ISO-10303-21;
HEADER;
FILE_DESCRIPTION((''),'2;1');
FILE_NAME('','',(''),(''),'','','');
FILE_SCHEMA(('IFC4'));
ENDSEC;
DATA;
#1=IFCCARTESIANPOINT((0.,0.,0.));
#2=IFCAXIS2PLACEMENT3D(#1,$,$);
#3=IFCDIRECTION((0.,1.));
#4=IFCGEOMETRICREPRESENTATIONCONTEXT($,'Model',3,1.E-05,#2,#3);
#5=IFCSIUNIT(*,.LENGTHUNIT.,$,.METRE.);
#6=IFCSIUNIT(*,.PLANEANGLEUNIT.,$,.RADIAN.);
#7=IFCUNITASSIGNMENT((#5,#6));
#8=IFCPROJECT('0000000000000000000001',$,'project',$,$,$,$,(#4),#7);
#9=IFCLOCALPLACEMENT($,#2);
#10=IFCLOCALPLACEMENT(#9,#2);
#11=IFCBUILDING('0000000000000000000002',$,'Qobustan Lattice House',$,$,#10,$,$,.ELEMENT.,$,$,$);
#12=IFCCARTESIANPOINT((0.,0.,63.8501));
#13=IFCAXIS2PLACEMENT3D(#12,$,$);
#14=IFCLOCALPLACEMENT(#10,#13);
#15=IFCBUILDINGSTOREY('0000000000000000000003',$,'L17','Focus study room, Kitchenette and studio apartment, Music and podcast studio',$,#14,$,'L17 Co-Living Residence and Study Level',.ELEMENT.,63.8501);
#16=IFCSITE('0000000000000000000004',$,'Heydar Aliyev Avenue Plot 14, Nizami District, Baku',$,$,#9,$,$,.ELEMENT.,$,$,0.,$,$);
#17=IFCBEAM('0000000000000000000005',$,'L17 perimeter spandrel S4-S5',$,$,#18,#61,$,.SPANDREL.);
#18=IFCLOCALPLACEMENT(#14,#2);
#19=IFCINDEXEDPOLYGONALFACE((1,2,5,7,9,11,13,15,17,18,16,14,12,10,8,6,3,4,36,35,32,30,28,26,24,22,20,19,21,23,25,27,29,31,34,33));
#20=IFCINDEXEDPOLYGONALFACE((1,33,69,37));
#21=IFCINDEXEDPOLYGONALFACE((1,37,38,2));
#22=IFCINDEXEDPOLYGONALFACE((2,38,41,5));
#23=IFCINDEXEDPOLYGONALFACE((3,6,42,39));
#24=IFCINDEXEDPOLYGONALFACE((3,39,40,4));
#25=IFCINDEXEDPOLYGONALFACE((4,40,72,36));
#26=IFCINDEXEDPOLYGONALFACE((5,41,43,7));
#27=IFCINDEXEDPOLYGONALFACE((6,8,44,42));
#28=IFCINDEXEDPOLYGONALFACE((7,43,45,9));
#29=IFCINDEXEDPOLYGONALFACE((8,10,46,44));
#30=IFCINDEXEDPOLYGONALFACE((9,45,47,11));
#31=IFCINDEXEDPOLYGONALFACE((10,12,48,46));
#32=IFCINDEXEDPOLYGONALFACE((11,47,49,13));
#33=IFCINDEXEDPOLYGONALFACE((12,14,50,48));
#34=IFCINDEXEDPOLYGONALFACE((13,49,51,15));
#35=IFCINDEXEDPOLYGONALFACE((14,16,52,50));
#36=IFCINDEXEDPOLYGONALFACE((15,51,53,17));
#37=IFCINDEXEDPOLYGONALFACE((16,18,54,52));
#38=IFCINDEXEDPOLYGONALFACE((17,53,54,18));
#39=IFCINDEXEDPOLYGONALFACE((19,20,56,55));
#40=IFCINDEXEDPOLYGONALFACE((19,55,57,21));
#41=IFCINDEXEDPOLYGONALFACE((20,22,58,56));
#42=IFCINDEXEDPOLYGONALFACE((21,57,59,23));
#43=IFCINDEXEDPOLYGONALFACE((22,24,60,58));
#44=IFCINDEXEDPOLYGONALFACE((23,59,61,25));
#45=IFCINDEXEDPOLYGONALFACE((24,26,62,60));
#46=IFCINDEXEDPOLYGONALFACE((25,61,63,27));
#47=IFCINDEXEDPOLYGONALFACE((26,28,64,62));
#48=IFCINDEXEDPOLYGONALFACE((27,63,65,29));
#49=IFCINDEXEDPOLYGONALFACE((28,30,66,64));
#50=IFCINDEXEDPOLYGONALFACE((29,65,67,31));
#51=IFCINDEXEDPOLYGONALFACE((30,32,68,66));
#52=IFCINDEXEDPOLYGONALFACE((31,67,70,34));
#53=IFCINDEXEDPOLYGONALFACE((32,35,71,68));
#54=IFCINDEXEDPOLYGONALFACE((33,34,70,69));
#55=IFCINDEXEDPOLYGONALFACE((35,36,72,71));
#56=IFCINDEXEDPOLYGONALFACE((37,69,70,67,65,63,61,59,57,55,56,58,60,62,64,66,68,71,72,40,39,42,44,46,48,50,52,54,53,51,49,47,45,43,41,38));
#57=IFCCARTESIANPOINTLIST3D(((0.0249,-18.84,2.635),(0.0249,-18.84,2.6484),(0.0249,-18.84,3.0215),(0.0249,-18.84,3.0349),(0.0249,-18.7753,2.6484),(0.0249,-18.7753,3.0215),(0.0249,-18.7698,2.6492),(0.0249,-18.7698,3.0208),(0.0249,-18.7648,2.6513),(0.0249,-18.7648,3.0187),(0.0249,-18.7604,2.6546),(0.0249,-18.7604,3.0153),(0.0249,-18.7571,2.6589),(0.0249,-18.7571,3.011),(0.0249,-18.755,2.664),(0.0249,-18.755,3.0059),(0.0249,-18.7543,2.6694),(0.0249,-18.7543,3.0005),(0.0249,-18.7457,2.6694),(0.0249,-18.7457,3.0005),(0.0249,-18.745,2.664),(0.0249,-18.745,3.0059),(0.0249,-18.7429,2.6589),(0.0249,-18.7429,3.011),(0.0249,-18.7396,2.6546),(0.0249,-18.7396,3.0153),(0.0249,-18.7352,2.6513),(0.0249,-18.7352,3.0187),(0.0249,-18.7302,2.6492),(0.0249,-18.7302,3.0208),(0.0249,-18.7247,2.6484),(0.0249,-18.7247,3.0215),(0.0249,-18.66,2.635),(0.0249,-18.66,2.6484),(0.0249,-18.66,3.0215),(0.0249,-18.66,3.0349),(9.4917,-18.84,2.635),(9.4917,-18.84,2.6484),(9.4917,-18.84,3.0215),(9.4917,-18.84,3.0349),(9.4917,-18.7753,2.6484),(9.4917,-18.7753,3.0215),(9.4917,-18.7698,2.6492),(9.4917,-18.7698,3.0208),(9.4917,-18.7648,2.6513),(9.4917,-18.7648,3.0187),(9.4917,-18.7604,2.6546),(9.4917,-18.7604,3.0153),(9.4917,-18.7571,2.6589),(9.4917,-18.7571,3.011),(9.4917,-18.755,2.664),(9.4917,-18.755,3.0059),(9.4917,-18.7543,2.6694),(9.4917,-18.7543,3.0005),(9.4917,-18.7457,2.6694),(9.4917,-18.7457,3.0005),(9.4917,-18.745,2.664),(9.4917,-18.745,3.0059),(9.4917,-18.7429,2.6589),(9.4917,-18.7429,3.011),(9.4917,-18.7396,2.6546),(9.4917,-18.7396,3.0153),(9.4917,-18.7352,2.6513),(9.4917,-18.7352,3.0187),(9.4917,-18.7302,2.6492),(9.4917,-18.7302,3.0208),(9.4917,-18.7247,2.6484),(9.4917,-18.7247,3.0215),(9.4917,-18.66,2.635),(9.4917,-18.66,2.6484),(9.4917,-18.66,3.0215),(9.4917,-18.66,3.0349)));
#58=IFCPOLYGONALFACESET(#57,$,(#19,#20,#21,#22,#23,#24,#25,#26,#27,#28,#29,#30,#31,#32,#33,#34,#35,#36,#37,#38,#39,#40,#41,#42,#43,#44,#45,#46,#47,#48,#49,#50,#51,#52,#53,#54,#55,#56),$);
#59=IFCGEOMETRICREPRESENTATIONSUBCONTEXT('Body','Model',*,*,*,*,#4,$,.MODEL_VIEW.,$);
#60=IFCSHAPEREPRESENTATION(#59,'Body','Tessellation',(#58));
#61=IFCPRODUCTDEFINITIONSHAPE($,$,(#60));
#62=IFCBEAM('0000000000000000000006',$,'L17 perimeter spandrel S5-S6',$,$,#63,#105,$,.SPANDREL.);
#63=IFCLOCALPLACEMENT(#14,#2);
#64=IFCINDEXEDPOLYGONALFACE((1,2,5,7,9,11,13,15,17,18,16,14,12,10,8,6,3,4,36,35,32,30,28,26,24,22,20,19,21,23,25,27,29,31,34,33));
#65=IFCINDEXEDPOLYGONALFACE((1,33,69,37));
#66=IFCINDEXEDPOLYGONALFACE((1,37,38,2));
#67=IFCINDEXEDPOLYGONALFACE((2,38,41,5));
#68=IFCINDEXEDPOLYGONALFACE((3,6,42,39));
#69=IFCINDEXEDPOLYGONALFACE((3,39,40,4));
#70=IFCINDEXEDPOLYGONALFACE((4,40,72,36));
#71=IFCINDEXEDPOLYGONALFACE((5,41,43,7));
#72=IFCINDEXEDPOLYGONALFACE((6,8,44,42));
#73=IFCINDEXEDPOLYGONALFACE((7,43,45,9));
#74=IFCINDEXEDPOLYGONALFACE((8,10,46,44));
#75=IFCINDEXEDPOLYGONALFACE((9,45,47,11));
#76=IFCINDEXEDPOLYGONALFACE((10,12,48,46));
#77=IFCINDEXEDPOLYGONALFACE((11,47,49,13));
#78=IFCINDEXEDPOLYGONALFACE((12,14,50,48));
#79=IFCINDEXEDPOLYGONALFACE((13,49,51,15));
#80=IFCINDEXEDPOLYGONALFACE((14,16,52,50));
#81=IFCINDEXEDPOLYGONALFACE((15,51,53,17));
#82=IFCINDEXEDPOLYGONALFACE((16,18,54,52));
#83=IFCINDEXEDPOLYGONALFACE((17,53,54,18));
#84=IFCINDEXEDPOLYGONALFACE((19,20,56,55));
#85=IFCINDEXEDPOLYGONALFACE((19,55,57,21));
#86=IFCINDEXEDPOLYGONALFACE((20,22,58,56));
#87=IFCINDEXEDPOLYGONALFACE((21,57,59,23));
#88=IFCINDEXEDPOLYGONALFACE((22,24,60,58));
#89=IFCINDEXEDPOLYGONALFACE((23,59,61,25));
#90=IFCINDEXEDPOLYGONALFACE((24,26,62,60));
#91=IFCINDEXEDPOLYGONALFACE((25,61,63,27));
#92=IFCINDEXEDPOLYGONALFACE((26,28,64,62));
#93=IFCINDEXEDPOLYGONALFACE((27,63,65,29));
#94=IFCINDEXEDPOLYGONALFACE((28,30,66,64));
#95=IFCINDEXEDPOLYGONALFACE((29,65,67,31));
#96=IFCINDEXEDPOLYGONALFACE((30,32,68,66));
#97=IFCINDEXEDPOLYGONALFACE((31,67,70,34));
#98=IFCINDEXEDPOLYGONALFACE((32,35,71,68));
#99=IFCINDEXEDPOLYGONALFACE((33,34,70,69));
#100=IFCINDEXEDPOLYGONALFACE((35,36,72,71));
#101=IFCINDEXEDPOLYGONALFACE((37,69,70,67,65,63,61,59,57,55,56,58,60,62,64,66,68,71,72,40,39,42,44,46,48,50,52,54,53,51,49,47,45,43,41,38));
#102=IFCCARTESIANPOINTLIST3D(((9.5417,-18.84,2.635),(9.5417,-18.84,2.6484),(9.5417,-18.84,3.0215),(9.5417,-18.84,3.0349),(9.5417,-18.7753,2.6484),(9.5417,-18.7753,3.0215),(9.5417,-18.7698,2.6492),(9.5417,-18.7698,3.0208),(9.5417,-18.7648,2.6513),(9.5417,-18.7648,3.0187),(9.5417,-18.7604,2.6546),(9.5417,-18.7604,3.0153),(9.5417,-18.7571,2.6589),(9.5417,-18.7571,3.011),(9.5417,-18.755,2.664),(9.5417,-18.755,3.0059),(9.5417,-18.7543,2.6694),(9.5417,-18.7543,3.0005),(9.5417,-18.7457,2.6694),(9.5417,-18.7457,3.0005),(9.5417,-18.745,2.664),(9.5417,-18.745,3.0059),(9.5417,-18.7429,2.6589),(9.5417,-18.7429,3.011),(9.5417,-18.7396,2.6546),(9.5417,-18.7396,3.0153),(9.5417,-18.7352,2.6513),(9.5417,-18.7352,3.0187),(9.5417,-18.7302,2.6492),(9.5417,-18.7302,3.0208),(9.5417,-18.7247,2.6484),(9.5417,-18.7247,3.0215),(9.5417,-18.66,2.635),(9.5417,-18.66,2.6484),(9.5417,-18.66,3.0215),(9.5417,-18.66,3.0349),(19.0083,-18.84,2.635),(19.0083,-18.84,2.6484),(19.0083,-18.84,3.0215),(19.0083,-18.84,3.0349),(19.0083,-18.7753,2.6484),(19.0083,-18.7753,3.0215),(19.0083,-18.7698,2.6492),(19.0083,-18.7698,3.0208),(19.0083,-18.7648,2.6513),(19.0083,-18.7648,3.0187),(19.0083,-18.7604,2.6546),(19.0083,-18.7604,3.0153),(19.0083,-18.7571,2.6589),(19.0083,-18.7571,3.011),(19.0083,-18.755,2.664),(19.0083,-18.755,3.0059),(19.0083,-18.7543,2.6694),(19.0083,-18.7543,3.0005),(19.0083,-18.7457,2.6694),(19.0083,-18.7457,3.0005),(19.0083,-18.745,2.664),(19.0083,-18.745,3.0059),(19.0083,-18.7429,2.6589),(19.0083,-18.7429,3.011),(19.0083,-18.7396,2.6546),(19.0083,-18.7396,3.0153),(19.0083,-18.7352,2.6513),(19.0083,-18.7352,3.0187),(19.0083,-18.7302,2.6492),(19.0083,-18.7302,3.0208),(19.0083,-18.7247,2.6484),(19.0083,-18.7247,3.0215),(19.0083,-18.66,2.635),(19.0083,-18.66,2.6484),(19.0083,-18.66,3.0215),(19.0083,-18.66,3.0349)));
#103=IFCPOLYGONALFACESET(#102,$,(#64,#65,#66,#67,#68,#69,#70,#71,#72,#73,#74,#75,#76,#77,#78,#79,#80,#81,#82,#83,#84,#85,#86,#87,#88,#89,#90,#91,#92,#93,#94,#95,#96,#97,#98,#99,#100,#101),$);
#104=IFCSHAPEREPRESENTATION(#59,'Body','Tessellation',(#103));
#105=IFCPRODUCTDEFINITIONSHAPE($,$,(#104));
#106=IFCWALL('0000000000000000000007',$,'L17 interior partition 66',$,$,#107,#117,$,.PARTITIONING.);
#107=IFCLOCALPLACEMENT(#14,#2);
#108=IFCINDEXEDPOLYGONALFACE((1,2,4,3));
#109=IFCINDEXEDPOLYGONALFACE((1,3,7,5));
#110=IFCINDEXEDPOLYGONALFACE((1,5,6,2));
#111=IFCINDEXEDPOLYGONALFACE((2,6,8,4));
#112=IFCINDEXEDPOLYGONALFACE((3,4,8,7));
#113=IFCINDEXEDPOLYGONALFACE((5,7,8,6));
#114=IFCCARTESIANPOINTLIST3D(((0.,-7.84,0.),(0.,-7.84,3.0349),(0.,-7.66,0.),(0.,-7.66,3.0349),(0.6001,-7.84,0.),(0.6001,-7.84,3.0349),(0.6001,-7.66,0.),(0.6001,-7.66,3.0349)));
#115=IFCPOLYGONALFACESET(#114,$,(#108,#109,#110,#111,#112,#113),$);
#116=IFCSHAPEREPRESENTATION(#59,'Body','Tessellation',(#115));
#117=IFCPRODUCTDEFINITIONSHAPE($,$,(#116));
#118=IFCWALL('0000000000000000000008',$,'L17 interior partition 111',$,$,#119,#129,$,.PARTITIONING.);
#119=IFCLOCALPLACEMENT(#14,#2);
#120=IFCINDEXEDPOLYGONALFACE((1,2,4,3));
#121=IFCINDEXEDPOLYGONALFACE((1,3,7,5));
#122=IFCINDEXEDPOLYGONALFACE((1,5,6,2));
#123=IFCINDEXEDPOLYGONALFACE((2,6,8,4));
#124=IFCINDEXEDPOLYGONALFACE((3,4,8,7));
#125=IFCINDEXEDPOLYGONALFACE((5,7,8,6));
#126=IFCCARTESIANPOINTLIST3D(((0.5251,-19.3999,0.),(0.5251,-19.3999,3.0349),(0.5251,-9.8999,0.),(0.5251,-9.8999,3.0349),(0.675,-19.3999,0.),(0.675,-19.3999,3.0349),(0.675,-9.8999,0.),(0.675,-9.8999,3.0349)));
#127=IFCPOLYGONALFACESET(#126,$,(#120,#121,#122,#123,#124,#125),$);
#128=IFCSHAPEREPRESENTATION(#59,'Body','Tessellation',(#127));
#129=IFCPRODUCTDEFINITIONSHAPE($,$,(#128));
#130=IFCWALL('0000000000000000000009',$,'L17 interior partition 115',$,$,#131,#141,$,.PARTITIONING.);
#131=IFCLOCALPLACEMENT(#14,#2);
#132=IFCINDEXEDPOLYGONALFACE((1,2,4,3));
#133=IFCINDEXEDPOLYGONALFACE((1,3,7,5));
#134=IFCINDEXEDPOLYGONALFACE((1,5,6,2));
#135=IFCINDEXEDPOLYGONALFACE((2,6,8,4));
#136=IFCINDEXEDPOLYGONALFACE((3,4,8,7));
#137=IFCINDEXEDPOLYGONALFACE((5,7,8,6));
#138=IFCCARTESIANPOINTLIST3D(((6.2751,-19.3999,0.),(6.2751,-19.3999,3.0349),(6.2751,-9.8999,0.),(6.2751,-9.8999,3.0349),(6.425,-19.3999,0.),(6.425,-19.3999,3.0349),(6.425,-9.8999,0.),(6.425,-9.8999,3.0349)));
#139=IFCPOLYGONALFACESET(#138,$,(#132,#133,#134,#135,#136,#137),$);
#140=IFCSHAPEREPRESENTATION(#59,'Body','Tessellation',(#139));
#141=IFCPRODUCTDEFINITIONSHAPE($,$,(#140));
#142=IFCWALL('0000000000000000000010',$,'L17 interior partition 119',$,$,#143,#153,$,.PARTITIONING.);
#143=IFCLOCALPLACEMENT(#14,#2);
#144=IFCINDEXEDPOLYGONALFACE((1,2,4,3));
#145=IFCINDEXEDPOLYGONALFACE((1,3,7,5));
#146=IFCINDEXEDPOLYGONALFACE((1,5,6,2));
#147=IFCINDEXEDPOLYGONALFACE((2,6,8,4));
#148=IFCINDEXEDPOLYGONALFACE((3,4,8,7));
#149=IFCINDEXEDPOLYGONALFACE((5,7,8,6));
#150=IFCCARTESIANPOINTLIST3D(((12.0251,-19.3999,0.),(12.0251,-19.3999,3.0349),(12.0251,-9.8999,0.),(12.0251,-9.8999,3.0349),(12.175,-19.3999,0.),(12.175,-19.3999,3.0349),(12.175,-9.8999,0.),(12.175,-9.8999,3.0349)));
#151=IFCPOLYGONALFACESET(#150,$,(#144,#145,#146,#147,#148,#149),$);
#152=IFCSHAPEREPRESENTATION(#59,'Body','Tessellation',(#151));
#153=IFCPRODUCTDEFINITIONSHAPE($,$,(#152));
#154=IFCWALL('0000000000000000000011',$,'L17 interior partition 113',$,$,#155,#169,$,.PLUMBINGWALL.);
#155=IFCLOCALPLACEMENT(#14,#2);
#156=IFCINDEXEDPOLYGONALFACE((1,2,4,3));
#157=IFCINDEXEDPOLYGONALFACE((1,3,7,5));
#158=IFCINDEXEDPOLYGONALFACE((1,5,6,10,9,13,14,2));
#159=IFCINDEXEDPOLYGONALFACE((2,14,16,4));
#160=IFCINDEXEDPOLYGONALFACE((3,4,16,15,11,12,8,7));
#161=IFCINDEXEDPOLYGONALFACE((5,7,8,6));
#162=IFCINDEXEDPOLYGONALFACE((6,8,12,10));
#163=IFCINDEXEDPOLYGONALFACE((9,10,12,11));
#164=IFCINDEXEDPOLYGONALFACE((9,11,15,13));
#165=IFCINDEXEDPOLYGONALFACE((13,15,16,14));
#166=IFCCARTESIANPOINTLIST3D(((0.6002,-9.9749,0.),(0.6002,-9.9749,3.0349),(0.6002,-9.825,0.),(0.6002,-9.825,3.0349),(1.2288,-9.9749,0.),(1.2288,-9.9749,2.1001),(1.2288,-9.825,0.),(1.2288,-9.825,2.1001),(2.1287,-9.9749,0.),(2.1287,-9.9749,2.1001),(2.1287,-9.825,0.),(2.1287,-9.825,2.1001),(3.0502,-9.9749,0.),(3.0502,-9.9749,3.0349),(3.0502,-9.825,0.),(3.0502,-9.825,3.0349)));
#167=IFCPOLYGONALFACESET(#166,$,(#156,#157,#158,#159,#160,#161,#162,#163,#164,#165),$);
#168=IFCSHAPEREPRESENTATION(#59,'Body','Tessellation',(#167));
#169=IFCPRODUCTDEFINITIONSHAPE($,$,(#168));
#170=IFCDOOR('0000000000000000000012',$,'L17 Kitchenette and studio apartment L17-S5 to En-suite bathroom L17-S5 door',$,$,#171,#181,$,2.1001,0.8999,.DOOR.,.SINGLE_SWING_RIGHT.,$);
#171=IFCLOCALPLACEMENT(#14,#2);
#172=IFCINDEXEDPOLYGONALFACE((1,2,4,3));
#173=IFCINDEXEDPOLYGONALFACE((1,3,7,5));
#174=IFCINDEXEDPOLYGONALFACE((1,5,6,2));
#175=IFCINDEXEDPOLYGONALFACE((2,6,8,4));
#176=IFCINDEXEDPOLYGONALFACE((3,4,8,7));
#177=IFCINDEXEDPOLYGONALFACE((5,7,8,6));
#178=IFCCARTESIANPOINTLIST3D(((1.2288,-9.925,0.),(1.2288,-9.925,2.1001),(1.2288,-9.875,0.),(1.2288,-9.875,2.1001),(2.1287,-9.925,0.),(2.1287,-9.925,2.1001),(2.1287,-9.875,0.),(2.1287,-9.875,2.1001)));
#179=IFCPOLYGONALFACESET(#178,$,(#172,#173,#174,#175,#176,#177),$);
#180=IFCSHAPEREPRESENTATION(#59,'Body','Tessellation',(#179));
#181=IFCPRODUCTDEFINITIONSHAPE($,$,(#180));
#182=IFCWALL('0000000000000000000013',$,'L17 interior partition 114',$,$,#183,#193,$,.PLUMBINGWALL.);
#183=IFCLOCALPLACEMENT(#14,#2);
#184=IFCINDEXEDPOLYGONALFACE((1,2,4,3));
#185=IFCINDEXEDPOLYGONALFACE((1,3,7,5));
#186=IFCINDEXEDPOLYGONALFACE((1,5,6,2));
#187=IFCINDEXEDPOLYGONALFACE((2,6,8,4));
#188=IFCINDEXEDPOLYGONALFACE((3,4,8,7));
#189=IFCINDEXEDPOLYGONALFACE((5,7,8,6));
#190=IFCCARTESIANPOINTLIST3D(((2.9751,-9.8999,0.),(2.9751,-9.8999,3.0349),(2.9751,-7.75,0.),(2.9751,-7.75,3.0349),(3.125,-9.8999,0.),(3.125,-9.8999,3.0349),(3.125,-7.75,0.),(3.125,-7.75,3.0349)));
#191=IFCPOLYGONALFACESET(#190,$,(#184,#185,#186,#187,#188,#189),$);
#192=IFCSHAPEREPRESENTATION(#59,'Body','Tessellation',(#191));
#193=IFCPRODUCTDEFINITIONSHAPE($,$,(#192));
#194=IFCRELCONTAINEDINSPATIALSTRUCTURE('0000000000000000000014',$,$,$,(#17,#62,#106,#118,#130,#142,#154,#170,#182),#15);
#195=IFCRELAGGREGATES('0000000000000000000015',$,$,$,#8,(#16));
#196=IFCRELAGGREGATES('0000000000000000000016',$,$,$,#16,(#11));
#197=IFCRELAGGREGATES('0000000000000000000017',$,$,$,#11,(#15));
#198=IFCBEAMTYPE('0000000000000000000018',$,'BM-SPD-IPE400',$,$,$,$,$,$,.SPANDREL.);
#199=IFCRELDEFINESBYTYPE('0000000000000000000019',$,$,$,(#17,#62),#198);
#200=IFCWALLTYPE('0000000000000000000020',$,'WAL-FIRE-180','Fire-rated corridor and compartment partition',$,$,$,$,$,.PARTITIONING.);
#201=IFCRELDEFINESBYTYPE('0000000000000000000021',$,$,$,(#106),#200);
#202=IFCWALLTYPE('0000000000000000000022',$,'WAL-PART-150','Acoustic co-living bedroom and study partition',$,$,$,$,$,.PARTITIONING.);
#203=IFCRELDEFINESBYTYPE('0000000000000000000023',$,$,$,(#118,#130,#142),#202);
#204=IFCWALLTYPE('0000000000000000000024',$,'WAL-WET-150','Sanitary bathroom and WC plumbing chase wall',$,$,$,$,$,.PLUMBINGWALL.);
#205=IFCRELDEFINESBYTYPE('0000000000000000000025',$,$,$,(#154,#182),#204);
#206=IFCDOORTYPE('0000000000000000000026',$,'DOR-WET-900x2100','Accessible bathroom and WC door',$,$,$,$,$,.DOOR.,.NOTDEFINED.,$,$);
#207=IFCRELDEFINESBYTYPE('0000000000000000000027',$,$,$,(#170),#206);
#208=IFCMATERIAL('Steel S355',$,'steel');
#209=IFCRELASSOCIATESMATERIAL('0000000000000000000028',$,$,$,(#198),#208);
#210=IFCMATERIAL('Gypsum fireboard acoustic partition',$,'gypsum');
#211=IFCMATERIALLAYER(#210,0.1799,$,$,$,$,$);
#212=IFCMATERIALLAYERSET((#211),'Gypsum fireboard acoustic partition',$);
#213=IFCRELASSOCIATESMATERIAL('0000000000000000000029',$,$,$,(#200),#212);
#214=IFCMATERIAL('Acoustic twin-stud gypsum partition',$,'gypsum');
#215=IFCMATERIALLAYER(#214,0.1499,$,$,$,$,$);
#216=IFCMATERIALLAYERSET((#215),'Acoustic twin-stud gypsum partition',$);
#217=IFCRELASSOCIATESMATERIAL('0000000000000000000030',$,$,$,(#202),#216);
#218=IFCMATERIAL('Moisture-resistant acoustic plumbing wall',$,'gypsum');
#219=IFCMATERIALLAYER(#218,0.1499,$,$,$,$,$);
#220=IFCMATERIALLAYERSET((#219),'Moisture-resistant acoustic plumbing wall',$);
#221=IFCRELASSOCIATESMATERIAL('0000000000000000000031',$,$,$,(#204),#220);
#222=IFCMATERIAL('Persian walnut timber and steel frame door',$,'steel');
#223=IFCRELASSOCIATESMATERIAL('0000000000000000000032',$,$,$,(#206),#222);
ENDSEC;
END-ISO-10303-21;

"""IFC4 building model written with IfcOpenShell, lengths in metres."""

from ifc_helpers import new_model, si_unit, direction, frame, frame_2d, origin, origin_2d, place, context, subcontext, project, spatial, rectangle, i_section, extrude, material, layer, layer_set, material_profile, profile_set, type_object, element, fill, save


model = new_model("IFC4")

# Units and contexts
model_context = context("Model", 3, precision=1e-05, world=origin(), true_north=direction((0.0, 1.0)))
body_context = subcontext(model_context, "Body", "Model", "MODEL_VIEW")
ifc_project = project(units=[si_unit("LENGTHUNIT", "METRE"), si_unit("PLANEANGLEUNIT", "RADIAN")], contexts=[model_context])

# Site, building, storey
site_placement = place(None, origin())
site = spatial("IfcSite", under=ifc_project, at=site_placement, Name="Heydar Aliyev Avenue Plot 14, Nizami District, Baku", CompositionType="ELEMENT", RefElevation=0.0)
building_placement = place(site_placement, origin())
building = spatial("IfcBuilding", under=site, at=building_placement, Name="Qobustan Lattice House", CompositionType="ELEMENT")
storey_placement = place(building_placement, frame((0.0, 0.0, 63.8501)))
storey = spatial("IfcBuildingStorey", under=building, at=storey_placement, Name="L17", Description="Focus study room, Kitchenette and studio apartment, Music and podcast studio", LongName="L17 Co-Living Residence and Study Level", CompositionType="ELEMENT", Elevation=63.8501)

# Beams
ifc_material_1 = material(Name="Steel S355", Category="steel")
ifc_material_profile_1 = material_profile(ifc_material_1, i_section(OverallWidth=0.1799, OverallDepth=0.3999, WebThickness=0.0085, FlangeThickness=0.0134, FilletRadius=0.021, at=origin_2d()), Name="IPE400")
ifc_profile_set_1 = profile_set([ifc_material_profile_1], Name="Steel S355")
beam_type_1 = type_object("IfcBeamType", Name="BM-SPD-IPE400", PredefinedType="SPANDREL", material=ifc_profile_set_1)
beam_1_placement = place(storey_placement, frame((0.0249, -18.75, 2.835), z_axis=(1.0, 0.0, 0.0), x_axis=(0.0, 1.0, 0.0)))
element("IfcBeam", 1, at=beam_1_placement, inside=storey, type_object=beam_type_1, Name="L17 perimeter spandrel S4-S5", PredefinedType="SPANDREL", context=body_context, shape_type="SweptSolid", body=[
    extrude(i_section(OverallWidth=0.1799, OverallDepth=0.3999, WebThickness=0.0085, FlangeThickness=0.0134, FilletRadius=0.021, at=origin_2d()), origin(), (0.0, 0.0, 1.0), 9.4668),
])
beam_2_placement = place(storey_placement, frame((9.5417, -18.75, 2.835), z_axis=(1.0, 0.0, 0.0), x_axis=(0.0, 1.0, 0.0)))
element("IfcBeam", 2, at=beam_2_placement, inside=storey, type_object=beam_type_1, Name="L17 perimeter spandrel S5-S6", PredefinedType="SPANDREL", context=body_context, shape_type="SweptSolid", body=[
    extrude(i_section(OverallWidth=0.1799, OverallDepth=0.3999, WebThickness=0.0085, FlangeThickness=0.0134, FilletRadius=0.021, at=origin_2d()), origin(), (0.0, 0.0, 1.0), 9.4666),
])

# Shared definitions
ifc_material_2 = material(Name="Gypsum fireboard acoustic partition", Category="gypsum")
ifc_layer_1 = layer(ifc_material_2, 0.1799)
ifc_layer_set_1 = layer_set([ifc_layer_1], Name="Gypsum fireboard acoustic partition")
wall_type_1 = type_object("IfcWallType", Name="WAL-FIRE-180", Description="Fire-rated corridor and compartment partition", PredefinedType="PARTITIONING", material=ifc_layer_set_1)

# Walls
wall_1_placement = place(storey_placement, frame((0.6001, -7.75, 0.0), z_axis=(0.0, 0.0, 1.0), x_axis=(-1.0, 0.0, 0.0)))
element("IfcWall", 3, at=wall_1_placement, inside=storey, type_object=wall_type_1, Name="L17 interior partition 66", PredefinedType="PARTITIONING", context=body_context, shape_type="SweptSolid", body=[
    extrude(rectangle(XDim=0.6001, YDim=0.1799, at=frame_2d((0.3, 0.0))), origin(), (0.0, 0.0, 1.0), 3.0349),
])
ifc_material_3 = material(Name="Acoustic twin-stud gypsum partition", Category="gypsum")
ifc_layer_2 = layer(ifc_material_3, 0.1499)
ifc_layer_set_2 = layer_set([ifc_layer_2], Name="Acoustic twin-stud gypsum partition")
wall_type_2 = type_object("IfcWallType", Name="WAL-PART-150", Description="Acoustic co-living bedroom and study partition", PredefinedType="PARTITIONING", material=ifc_layer_set_2)
for number, where, z_axis, x_axis, name in (
    (4, (0.6001, -9.8999, 0.0), (0.0, 0.0, 1.0), (0.0, -1.0, 0.0), "L17 interior partition 111"),
    (5, (6.3501, -9.8999, 0.0), (0.0, 0.0, 1.0), (0.0, -1.0, 0.0), "L17 interior partition 115"),
    (6, (12.1001, -9.8999, 0.0), (0.0, 0.0, 1.0), (0.0, -1.0, 0.0), "L17 interior partition 119"),
):
    element("IfcWall", number, at=place(storey_placement, frame(where, z_axis=z_axis, x_axis=x_axis)), inside=storey, type_object=wall_type_2, Name=name, PredefinedType="PARTITIONING", context=body_context, shape_type="SweptSolid", body=[
        extrude(rectangle(XDim=9.5, YDim=0.1499, at=frame_2d((4.75, 0.0))), origin(), (0.0, 0.0, 1.0), 3.0349),
    ])

# Wall, opening, door
ifc_material_4 = material(Name="Moisture-resistant acoustic plumbing wall", Category="gypsum")
ifc_layer_3 = layer(ifc_material_4, 0.1499)
ifc_layer_set_3 = layer_set([ifc_layer_3], Name="Moisture-resistant acoustic plumbing wall")
wall_type_3 = type_object("IfcWallType", Name="WAL-WET-150", Description="Sanitary bathroom and WC plumbing chase wall", PredefinedType="PLUMBINGWALL", material=ifc_layer_set_3)
wall_2_placement = place(storey_placement, frame((0.6001, -9.8999, 0.0), z_axis=(0.0, 0.0, 1.0), x_axis=(1.0, 0.0, 0.0)))
wall_2 = element("IfcWall", 7, at=wall_2_placement, inside=storey, type_object=wall_type_3, Name="L17 interior partition 113", PredefinedType="PLUMBINGWALL", context=body_context, shape_type="SweptSolid", body=[
    extrude(rectangle(XDim=2.45, YDim=0.1499, at=frame_2d((1.2251, 0.0))), origin(), (0.0, 0.0, 1.0), 3.0349),
])
opening_1_placement = place(wall_2_placement, frame((0.6287, 0.0, 0.0)))
opening_1 = element("IfcOpeningElement", 8, at=opening_1_placement, cuts=wall_2, PredefinedType="OPENING", context=body_context, shape_type="SweptSolid", body=[
    extrude(rectangle(XDim=0.8999, YDim=2.1001, at=frame_2d((0.45, 1.05))), frame((0.0, 0.085, 0.0), z_axis=(0.0, -1.0, 0.0), x_axis=(1.0, 0.0, 0.0)), (0.0, 0.0, 1.0), 0.1699),
])
ifc_material_5 = material(Name="Persian walnut timber and steel frame door", Category="steel")
door_type_1 = type_object("IfcDoorType", Name="DOR-WET-900x2100", Description="Accessible bathroom and WC door", OperationType="NOTDEFINED", PredefinedType="DOOR", material=ifc_material_5)
door_1_placement = place(opening_1_placement, origin())
door_1 = element("IfcDoor", 9, at=door_1_placement, inside=storey, type_object=door_type_1, Name="L17 Kitchenette and studio apartment L17-S5 to En-suite bathroom L17-S5 door", OperationType="SINGLE_SWING_RIGHT", OverallHeight=2.1001, OverallWidth=0.8999, PredefinedType="DOOR", context=body_context, shape_type="SweptSolid", body=[
    extrude(rectangle(XDim=0.8999, YDim=2.1001, at=frame_2d((0.45, 1.05))), frame((0.0, 0.0249, 0.0), z_axis=(0.0, -1.0, 0.0), x_axis=(1.0, 0.0, 0.0)), (0.0, 0.0, 1.0), 0.05),
])
fill(opening_1, door_1)

# Wall
wall_3_placement = place(storey_placement, frame((3.05, -9.8999, 0.0), z_axis=(0.0, 0.0, 1.0), x_axis=(0.0, 1.0, 0.0)))
element("IfcWall", 10, at=wall_3_placement, inside=storey, type_object=wall_type_3, Name="L17 interior partition 114", PredefinedType="PLUMBINGWALL", context=body_context, shape_type="SweptSolid", body=[
    extrude(rectangle(XDim=2.1499, YDim=0.1499, at=frame_2d((1.075, 0.0))), origin(), (0.0, 0.0, 1.0), 3.0349),
])

save(model, "model.ifc")
